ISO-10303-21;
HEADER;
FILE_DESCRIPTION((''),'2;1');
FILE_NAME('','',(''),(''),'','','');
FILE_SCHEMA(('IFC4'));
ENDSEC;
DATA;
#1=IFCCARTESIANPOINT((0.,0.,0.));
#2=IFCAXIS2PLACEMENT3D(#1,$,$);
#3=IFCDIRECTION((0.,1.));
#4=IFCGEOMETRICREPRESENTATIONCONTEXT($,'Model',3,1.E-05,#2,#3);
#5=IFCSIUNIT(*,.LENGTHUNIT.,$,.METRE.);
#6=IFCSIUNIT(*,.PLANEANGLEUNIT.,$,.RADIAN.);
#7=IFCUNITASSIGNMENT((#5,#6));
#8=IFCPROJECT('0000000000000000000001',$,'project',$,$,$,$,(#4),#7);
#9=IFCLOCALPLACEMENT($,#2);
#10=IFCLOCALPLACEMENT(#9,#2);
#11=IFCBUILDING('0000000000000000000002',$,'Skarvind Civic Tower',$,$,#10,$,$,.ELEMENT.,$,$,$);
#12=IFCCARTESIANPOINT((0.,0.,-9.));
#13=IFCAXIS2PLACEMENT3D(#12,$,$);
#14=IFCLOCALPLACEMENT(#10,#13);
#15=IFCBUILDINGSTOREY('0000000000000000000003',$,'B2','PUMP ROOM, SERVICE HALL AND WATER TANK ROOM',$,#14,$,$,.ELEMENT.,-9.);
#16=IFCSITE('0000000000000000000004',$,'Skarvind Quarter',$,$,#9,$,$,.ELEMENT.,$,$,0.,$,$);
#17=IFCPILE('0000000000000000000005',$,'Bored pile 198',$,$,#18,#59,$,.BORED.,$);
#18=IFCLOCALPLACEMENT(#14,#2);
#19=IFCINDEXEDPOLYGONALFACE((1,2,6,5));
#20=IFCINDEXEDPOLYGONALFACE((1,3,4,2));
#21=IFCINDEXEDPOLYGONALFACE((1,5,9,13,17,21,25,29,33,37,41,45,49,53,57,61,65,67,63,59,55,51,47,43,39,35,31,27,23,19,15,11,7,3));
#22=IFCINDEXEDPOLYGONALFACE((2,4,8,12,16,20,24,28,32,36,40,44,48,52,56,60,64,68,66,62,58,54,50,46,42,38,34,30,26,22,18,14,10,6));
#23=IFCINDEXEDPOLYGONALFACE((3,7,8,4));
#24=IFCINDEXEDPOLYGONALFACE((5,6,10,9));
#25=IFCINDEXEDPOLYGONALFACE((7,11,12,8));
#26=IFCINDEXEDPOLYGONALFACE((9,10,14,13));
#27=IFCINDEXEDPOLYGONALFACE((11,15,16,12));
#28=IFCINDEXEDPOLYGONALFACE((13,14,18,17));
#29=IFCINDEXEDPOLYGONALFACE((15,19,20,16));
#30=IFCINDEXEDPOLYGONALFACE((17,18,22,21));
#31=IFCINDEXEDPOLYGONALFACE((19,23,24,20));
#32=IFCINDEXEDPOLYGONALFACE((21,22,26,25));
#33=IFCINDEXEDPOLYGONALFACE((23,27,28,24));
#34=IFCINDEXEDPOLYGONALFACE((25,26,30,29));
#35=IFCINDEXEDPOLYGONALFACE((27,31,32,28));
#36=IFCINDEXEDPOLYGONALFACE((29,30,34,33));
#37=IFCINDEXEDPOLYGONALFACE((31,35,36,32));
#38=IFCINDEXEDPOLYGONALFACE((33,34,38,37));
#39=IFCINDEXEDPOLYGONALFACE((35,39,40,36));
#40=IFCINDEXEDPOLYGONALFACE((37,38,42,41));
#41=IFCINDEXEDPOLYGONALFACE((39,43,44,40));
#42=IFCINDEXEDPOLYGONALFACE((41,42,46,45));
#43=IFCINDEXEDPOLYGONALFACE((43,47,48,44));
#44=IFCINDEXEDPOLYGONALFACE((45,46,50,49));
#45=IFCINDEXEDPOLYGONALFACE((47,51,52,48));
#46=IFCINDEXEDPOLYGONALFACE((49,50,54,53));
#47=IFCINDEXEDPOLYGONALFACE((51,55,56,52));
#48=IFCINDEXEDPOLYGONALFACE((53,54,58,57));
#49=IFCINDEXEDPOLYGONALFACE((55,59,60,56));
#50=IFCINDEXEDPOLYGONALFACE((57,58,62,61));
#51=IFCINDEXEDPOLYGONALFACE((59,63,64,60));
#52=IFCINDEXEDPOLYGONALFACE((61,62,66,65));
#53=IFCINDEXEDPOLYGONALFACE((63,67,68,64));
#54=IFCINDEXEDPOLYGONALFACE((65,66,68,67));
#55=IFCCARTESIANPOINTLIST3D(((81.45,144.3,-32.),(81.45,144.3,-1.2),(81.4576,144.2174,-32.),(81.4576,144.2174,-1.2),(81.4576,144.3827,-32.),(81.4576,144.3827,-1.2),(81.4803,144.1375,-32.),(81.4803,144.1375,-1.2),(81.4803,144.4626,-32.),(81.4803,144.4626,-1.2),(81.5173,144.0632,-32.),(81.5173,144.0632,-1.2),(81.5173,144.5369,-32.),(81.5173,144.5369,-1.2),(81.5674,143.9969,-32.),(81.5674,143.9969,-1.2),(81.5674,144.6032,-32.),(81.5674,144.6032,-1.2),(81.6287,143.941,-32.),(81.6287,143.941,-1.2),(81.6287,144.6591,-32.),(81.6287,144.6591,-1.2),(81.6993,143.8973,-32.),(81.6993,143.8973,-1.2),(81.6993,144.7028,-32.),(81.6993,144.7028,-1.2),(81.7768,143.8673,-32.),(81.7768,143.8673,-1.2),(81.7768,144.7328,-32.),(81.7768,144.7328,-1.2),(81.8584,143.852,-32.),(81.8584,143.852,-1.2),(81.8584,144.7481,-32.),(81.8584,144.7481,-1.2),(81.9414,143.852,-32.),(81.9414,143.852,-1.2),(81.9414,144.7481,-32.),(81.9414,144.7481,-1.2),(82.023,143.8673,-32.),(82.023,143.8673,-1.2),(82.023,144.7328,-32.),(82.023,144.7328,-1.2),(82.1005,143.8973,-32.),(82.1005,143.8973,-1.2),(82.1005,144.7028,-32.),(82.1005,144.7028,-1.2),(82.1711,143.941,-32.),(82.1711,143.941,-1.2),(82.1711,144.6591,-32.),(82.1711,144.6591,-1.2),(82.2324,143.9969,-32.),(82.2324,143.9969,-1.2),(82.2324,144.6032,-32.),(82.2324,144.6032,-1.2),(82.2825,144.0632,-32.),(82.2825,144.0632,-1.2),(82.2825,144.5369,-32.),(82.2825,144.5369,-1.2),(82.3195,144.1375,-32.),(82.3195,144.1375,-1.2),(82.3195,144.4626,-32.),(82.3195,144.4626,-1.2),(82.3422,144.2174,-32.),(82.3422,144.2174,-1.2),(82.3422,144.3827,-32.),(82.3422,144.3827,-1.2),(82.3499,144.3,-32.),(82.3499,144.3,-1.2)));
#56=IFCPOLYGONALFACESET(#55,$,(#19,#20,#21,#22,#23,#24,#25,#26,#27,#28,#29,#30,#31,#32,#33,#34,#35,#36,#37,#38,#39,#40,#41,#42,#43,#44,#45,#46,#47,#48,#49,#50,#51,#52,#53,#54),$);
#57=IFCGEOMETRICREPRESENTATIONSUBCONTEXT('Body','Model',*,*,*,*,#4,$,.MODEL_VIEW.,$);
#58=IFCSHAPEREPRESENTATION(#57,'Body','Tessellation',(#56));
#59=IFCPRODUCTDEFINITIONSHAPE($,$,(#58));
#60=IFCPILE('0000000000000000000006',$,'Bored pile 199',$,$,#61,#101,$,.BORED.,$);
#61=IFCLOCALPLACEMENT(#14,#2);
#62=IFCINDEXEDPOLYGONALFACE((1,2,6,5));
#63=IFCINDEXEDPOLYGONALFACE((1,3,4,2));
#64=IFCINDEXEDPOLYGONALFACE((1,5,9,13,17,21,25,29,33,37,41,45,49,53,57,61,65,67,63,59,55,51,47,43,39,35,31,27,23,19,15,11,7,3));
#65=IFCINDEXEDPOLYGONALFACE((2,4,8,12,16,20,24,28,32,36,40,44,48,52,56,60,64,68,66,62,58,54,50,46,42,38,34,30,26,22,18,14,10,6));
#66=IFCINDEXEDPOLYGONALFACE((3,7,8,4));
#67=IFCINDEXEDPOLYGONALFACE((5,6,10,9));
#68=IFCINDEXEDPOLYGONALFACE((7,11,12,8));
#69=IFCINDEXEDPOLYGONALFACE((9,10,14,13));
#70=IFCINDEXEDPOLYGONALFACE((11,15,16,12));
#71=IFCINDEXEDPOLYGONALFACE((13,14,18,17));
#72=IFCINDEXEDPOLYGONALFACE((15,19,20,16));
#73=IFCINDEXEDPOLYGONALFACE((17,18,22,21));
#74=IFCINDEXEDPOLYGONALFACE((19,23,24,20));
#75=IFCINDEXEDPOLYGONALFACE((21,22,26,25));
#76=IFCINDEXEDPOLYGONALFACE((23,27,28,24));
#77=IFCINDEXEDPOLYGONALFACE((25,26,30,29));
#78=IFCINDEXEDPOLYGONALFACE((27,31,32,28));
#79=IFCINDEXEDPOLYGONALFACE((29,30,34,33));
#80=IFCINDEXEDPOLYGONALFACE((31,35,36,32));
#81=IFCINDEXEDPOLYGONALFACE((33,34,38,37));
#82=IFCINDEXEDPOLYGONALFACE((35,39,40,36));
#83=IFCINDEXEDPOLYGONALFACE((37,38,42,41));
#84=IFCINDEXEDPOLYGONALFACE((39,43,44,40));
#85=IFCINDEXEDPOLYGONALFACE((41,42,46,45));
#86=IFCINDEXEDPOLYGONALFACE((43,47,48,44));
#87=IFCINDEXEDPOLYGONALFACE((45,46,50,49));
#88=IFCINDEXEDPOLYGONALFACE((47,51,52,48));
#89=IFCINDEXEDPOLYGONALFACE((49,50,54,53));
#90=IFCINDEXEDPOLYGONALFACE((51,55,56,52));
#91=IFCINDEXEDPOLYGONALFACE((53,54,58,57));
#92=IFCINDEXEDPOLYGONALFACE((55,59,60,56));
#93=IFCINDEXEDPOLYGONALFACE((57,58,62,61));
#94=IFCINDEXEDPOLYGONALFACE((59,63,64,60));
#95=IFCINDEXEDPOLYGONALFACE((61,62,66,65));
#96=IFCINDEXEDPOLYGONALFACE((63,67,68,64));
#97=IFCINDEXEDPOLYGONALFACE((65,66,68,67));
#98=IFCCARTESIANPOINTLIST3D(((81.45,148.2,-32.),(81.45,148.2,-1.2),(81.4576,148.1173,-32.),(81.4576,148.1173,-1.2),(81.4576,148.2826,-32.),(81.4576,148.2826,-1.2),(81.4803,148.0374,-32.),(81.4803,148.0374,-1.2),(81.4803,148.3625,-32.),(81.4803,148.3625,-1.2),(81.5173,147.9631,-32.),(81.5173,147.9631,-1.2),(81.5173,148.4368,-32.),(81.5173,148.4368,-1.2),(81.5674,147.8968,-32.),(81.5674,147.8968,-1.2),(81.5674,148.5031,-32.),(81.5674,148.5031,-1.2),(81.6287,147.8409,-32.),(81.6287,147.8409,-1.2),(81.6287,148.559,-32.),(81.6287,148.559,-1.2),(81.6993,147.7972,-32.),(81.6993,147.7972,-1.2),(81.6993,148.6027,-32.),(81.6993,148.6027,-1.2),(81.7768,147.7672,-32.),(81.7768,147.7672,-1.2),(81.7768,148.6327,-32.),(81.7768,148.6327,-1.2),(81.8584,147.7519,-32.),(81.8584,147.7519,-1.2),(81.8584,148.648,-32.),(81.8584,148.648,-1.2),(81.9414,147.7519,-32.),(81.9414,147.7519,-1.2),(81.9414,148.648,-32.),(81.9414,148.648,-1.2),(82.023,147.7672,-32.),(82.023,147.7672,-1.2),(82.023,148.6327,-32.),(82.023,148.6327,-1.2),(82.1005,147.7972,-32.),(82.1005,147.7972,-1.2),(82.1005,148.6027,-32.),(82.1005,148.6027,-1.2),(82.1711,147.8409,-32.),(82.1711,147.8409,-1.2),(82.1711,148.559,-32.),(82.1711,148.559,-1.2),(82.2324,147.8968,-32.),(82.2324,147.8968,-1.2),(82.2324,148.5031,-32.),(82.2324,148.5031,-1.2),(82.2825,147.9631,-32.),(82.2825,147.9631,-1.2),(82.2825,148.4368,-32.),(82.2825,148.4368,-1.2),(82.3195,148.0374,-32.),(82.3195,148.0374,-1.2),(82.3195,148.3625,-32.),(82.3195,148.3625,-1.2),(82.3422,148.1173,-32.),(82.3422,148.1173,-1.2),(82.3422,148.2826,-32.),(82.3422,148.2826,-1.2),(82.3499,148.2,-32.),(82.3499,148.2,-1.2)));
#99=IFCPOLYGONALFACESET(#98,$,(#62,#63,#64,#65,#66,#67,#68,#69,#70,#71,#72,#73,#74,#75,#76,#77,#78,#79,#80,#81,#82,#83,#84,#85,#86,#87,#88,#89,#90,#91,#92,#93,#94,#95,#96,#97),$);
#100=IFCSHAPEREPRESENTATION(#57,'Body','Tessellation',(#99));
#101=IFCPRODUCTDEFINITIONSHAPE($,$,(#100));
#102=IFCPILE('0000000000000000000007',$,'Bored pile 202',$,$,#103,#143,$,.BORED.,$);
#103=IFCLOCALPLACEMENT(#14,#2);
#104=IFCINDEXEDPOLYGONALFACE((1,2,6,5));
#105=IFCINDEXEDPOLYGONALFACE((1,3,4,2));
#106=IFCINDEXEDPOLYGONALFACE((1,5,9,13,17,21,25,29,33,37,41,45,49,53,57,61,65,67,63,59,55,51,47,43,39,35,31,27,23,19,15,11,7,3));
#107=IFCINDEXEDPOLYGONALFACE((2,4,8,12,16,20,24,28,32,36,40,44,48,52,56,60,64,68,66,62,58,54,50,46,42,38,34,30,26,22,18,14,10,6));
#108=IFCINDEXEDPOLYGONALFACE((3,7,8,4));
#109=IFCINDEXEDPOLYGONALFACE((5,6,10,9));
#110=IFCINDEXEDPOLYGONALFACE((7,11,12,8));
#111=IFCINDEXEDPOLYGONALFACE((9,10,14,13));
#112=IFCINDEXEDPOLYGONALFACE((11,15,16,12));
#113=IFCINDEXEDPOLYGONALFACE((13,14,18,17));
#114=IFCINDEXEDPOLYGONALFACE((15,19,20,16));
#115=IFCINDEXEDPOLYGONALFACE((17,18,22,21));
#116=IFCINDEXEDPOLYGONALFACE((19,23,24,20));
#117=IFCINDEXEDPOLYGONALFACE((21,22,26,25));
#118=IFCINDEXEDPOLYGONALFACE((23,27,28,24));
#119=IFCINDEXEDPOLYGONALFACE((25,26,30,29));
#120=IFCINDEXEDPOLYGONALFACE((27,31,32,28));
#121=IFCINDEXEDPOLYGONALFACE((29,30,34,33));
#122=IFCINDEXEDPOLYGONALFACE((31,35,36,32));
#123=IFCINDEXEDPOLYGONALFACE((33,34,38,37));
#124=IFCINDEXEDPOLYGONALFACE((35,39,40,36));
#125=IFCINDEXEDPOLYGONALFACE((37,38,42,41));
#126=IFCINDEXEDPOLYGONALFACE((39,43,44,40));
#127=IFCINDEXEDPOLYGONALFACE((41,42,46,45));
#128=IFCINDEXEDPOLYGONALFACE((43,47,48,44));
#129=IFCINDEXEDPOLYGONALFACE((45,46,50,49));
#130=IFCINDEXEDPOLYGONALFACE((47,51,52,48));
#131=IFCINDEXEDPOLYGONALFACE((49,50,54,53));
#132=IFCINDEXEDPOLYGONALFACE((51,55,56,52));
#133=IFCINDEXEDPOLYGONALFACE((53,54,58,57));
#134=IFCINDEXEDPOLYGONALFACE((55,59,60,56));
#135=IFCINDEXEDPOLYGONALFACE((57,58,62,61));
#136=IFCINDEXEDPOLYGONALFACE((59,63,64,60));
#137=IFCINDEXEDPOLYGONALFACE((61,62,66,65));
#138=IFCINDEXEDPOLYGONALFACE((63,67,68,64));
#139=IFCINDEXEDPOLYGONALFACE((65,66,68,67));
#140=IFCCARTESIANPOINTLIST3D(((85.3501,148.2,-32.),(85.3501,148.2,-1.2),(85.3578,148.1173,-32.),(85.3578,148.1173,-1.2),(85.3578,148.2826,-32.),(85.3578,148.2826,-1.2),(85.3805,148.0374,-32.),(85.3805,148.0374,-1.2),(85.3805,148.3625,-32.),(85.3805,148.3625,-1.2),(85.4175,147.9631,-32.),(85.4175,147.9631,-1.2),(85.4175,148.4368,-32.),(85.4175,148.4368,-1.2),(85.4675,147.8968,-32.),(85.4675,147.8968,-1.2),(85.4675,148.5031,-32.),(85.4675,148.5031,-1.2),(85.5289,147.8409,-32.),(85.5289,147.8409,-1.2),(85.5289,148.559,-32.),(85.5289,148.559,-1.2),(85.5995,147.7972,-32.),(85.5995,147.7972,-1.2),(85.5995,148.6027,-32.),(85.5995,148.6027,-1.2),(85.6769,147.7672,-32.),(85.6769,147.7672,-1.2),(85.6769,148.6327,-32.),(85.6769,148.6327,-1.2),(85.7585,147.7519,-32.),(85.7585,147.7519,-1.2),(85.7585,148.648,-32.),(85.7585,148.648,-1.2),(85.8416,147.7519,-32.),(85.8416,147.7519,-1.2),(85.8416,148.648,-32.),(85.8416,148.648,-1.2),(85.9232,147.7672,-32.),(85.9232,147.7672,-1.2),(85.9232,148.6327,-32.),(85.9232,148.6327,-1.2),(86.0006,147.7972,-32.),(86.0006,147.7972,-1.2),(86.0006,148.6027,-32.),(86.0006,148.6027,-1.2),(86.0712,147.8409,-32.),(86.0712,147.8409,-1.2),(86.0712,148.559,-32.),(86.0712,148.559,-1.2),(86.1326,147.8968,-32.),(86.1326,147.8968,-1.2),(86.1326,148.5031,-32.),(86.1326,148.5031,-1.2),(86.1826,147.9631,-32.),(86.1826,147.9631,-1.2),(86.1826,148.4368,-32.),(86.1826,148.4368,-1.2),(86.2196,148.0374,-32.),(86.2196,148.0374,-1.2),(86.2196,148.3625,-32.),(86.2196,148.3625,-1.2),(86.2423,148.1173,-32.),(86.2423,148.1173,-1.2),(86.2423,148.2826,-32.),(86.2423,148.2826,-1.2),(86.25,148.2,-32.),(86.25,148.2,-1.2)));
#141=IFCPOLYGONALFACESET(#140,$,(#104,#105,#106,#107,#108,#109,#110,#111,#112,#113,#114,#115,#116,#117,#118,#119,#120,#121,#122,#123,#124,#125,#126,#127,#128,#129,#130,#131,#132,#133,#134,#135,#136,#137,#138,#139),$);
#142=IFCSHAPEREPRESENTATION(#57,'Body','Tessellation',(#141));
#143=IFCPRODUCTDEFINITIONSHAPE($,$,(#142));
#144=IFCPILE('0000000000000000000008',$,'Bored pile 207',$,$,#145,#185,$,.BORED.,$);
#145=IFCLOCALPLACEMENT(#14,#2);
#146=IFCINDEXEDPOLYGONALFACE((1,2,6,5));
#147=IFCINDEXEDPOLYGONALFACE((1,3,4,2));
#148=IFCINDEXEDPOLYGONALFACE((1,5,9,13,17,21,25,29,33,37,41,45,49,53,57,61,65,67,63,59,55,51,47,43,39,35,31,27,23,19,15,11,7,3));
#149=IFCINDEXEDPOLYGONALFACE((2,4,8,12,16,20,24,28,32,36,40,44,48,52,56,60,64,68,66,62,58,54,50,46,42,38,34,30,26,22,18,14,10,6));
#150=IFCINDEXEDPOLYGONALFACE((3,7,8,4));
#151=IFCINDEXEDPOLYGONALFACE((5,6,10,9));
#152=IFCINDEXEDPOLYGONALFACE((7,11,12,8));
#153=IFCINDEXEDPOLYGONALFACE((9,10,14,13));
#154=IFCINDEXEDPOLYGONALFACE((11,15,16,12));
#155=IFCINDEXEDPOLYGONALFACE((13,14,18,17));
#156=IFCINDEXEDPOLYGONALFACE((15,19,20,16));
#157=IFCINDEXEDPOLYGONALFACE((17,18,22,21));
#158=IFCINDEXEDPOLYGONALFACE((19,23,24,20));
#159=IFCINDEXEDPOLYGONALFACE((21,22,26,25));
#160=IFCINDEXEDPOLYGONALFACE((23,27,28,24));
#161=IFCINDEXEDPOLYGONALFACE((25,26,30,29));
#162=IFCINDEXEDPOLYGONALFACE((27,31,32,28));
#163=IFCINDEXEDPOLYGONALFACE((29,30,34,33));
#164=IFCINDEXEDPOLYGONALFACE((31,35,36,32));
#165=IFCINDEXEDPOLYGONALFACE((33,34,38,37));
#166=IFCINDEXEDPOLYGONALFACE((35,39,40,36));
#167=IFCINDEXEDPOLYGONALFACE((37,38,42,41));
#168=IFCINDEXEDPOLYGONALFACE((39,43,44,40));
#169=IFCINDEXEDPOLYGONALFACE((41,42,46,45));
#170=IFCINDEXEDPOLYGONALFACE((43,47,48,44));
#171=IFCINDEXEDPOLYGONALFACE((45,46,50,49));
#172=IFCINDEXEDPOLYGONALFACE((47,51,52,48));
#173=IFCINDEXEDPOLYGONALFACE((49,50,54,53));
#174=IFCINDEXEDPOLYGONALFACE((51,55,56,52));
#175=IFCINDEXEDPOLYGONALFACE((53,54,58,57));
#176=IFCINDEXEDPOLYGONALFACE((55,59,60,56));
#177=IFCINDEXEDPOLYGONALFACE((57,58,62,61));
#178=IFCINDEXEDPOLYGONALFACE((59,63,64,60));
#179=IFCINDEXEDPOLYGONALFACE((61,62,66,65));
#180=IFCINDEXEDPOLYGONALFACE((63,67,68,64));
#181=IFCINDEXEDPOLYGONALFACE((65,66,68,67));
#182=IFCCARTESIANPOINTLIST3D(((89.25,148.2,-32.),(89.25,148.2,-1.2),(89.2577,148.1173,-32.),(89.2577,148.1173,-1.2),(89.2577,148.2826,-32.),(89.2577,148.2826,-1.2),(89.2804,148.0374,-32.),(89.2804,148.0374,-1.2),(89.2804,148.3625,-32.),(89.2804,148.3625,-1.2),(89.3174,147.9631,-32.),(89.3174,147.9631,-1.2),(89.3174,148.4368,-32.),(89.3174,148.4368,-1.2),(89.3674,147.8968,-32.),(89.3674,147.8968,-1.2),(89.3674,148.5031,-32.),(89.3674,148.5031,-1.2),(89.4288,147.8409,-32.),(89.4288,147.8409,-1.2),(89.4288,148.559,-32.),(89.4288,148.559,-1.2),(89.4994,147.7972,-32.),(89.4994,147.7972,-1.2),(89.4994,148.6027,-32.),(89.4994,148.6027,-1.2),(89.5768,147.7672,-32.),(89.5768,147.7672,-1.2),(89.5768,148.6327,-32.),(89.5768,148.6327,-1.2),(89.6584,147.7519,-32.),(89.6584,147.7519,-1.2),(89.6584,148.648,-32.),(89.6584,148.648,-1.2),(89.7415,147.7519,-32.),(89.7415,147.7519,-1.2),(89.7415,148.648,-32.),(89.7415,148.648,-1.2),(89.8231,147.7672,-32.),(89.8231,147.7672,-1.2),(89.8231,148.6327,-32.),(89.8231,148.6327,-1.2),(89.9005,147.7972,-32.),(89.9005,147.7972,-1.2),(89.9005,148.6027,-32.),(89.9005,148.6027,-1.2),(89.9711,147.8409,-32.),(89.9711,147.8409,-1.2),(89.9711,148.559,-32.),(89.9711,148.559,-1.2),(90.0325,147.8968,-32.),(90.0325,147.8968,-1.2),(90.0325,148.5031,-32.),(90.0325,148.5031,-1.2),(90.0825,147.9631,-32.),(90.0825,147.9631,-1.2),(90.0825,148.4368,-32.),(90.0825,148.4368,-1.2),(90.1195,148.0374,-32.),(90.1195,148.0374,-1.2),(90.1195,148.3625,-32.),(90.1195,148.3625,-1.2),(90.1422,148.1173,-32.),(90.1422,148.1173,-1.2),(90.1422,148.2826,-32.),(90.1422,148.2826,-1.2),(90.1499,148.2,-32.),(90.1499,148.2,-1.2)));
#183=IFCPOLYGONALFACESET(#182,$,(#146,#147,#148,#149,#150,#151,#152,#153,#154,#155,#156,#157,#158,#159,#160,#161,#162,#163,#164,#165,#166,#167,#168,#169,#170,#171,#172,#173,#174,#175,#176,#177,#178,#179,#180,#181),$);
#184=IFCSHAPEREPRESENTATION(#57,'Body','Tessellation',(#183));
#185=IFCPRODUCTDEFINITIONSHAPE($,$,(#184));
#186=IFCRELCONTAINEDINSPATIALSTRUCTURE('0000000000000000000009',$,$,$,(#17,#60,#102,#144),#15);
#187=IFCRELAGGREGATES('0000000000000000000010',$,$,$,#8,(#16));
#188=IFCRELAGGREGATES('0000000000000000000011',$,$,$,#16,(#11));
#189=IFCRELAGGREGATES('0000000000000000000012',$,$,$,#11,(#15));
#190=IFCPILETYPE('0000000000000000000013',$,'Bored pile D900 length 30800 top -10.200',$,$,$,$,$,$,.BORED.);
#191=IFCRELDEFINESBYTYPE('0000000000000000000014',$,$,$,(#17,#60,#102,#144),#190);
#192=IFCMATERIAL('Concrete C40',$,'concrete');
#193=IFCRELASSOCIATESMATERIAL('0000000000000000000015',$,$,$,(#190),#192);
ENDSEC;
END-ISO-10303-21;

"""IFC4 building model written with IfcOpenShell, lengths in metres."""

from ifc_helpers import new_model, si_unit, direction, frame, origin, origin_2d, place, context, subcontext, project, spatial, circle, extrude, material, type_object, element, save


model = new_model("IFC4")

# Units and contexts
model_context = context("Model", 3, precision=1e-05, world=origin(), true_north=direction((0.0, 1.0)))
body_context = subcontext(model_context, "Body", "Model", "MODEL_VIEW")
ifc_project = project(units=[si_unit("LENGTHUNIT", "METRE"), si_unit("PLANEANGLEUNIT", "RADIAN")], contexts=[model_context])

# Site, building, storey
site_placement = place(None, origin())
site = spatial("IfcSite", under=ifc_project, at=site_placement, Name="Skarvind Quarter", CompositionType="ELEMENT", RefElevation=0.0)
building_placement = place(site_placement, origin())
building = spatial("IfcBuilding", under=site, at=building_placement, Name="Skarvind Civic Tower", CompositionType="ELEMENT")
storey_placement = place(building_placement, frame((0.0, 0.0, -9.0)))
storey = spatial("IfcBuildingStorey", under=building, at=storey_placement, Name="B2", Description="PUMP ROOM, SERVICE HALL AND WATER TANK ROOM", CompositionType="ELEMENT", Elevation=-9.0)

# Piles
ifc_material_1 = material(Name="Concrete C40", Category="concrete")
pile_type_1 = type_object("IfcPileType", Name="Bored pile D900 length 30800 top -10.200", PredefinedType="BORED", material=ifc_material_1)
for number, where, z_axis, x_axis, name in (
    (1, (81.8999, 144.3, -1.2), (0.0, 0.0, -1.0), (1.0, 0.0, 0.0), "Bored pile 198"),
    (2, (81.8999, 148.2, -1.2), (0.0, 0.0, -1.0), (1.0, 0.0, 0.0), "Bored pile 199"),
    (3, (85.8, 148.2, -1.2), (0.0, 0.0, -1.0), (1.0, 0.0, 0.0), "Bored pile 202"),
    (4, (89.7, 148.2, -1.2), (0.0, 0.0, -1.0), (1.0, 0.0, 0.0), "Bored pile 207"),
):
    element("IfcPile", number, at=place(storey_placement, frame(where, z_axis=z_axis, x_axis=x_axis)), inside=storey, type_object=pile_type_1, Name=name, PredefinedType="BORED", context=body_context, shape_type="SweptSolid", body=[
        extrude(circle(Radius=0.45, at=origin_2d()), origin(), (0.0, 0.0, 1.0), 30.8),
    ])

save(model, "model.ifc")
